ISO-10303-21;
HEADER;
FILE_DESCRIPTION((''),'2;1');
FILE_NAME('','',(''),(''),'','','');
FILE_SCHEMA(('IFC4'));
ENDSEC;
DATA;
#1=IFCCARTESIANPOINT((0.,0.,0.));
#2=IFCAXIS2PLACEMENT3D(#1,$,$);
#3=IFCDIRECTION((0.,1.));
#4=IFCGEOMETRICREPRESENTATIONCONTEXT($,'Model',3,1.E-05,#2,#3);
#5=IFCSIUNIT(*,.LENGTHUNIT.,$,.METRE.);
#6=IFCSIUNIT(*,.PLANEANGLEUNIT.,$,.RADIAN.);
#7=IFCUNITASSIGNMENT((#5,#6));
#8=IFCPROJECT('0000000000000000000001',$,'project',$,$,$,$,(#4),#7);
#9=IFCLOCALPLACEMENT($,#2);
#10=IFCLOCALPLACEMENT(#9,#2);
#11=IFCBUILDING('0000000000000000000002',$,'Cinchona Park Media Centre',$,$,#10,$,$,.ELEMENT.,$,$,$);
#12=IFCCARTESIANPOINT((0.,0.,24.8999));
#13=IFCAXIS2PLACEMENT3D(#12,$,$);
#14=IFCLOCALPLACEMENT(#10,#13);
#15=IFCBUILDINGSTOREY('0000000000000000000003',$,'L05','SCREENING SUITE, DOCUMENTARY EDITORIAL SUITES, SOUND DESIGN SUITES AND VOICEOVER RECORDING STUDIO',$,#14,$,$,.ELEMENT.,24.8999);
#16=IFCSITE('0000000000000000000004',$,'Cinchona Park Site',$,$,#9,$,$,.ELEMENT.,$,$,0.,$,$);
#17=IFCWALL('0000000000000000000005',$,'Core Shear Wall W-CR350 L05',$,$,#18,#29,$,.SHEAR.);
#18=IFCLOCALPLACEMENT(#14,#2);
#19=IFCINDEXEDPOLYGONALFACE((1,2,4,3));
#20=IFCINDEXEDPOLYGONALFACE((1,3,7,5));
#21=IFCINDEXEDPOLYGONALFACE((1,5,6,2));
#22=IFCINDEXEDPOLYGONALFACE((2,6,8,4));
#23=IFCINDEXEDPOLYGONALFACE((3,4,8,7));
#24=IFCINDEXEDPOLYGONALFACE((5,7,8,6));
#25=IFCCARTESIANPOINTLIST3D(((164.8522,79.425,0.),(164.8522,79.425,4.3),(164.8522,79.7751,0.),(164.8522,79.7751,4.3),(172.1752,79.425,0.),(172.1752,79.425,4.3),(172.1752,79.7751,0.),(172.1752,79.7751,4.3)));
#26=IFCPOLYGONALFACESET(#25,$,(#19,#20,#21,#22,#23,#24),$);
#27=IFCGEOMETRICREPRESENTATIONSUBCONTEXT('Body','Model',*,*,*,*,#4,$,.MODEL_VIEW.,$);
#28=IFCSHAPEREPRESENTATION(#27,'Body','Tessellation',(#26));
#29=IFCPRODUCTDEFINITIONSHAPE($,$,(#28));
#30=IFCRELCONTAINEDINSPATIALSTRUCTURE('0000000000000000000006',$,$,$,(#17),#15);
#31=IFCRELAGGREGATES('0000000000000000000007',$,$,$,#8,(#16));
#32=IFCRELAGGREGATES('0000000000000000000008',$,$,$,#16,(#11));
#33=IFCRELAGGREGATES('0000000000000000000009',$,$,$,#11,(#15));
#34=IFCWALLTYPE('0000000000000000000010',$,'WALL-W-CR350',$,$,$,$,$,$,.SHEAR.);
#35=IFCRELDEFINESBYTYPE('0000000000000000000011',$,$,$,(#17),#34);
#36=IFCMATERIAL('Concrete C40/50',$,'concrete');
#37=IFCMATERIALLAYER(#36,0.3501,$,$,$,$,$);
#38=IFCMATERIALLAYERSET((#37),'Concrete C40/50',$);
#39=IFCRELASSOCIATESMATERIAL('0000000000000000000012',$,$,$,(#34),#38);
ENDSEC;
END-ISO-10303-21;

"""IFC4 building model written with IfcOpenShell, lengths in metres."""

from ifc_helpers import new_model, si_unit, direction, frame, frame_2d, origin, place, context, subcontext, project, spatial, rectangle, extrude, material, layer, layer_set, type_object, element, save


model = new_model("IFC4")

# Units and contexts
model_context = context("Model", 3, precision=1e-05, world=origin(), true_north=direction((0.0, 1.0)))
body_context = subcontext(model_context, "Body", "Model", "MODEL_VIEW")
ifc_project = project(units=[si_unit("LENGTHUNIT", "METRE"), si_unit("PLANEANGLEUNIT", "RADIAN")], contexts=[model_context])

# Site, building, storey
site_placement = place(None, origin())
site = spatial("IfcSite", under=ifc_project, at=site_placement, Name="Cinchona Park Site", CompositionType="ELEMENT", RefElevation=0.0)
building_placement = place(site_placement, origin())
building = spatial("IfcBuilding", under=site, at=building_placement, Name="Cinchona Park Media Centre", CompositionType="ELEMENT")
storey_placement = place(building_placement, frame((0.0, 0.0, 24.8999)))
storey = spatial("IfcBuildingStorey", under=building, at=storey_placement, Name="L05", Description="SCREENING SUITE, DOCUMENTARY EDITORIAL SUITES, SOUND DESIGN SUITES AND VOICEOVER RECORDING STUDIO", CompositionType="ELEMENT", Elevation=24.8999)

# Wall
ifc_material_1 = material(Name="Concrete C40/50", Category="concrete")
ifc_layer_1 = layer(ifc_material_1, 0.3501)
ifc_layer_set_1 = layer_set([ifc_layer_1], Name="Concrete C40/50")
wall_type = type_object("IfcWallType", Name="WALL-W-CR350", PredefinedType="SHEAR", material=ifc_layer_set_1)
wall_placement = place(storey_placement, frame((164.8521, 79.6001, 0.0), z_axis=(0.0, 0.0, 1.0), x_axis=(1.0, 0.0, 0.0)))
element("IfcWall", 1, at=wall_placement, inside=storey, type_object=wall_type, Name="Core Shear Wall W-CR350 L05", PredefinedType="SHEAR", context=body_context, shape_type="SweptSolid", body=[
    extrude(rectangle(XDim=7.323, YDim=0.3501, at=frame_2d((3.6616, 0.0))), origin(), (0.0, 0.0, 1.0), 4.3),
])

save(model, "model.ifc")
